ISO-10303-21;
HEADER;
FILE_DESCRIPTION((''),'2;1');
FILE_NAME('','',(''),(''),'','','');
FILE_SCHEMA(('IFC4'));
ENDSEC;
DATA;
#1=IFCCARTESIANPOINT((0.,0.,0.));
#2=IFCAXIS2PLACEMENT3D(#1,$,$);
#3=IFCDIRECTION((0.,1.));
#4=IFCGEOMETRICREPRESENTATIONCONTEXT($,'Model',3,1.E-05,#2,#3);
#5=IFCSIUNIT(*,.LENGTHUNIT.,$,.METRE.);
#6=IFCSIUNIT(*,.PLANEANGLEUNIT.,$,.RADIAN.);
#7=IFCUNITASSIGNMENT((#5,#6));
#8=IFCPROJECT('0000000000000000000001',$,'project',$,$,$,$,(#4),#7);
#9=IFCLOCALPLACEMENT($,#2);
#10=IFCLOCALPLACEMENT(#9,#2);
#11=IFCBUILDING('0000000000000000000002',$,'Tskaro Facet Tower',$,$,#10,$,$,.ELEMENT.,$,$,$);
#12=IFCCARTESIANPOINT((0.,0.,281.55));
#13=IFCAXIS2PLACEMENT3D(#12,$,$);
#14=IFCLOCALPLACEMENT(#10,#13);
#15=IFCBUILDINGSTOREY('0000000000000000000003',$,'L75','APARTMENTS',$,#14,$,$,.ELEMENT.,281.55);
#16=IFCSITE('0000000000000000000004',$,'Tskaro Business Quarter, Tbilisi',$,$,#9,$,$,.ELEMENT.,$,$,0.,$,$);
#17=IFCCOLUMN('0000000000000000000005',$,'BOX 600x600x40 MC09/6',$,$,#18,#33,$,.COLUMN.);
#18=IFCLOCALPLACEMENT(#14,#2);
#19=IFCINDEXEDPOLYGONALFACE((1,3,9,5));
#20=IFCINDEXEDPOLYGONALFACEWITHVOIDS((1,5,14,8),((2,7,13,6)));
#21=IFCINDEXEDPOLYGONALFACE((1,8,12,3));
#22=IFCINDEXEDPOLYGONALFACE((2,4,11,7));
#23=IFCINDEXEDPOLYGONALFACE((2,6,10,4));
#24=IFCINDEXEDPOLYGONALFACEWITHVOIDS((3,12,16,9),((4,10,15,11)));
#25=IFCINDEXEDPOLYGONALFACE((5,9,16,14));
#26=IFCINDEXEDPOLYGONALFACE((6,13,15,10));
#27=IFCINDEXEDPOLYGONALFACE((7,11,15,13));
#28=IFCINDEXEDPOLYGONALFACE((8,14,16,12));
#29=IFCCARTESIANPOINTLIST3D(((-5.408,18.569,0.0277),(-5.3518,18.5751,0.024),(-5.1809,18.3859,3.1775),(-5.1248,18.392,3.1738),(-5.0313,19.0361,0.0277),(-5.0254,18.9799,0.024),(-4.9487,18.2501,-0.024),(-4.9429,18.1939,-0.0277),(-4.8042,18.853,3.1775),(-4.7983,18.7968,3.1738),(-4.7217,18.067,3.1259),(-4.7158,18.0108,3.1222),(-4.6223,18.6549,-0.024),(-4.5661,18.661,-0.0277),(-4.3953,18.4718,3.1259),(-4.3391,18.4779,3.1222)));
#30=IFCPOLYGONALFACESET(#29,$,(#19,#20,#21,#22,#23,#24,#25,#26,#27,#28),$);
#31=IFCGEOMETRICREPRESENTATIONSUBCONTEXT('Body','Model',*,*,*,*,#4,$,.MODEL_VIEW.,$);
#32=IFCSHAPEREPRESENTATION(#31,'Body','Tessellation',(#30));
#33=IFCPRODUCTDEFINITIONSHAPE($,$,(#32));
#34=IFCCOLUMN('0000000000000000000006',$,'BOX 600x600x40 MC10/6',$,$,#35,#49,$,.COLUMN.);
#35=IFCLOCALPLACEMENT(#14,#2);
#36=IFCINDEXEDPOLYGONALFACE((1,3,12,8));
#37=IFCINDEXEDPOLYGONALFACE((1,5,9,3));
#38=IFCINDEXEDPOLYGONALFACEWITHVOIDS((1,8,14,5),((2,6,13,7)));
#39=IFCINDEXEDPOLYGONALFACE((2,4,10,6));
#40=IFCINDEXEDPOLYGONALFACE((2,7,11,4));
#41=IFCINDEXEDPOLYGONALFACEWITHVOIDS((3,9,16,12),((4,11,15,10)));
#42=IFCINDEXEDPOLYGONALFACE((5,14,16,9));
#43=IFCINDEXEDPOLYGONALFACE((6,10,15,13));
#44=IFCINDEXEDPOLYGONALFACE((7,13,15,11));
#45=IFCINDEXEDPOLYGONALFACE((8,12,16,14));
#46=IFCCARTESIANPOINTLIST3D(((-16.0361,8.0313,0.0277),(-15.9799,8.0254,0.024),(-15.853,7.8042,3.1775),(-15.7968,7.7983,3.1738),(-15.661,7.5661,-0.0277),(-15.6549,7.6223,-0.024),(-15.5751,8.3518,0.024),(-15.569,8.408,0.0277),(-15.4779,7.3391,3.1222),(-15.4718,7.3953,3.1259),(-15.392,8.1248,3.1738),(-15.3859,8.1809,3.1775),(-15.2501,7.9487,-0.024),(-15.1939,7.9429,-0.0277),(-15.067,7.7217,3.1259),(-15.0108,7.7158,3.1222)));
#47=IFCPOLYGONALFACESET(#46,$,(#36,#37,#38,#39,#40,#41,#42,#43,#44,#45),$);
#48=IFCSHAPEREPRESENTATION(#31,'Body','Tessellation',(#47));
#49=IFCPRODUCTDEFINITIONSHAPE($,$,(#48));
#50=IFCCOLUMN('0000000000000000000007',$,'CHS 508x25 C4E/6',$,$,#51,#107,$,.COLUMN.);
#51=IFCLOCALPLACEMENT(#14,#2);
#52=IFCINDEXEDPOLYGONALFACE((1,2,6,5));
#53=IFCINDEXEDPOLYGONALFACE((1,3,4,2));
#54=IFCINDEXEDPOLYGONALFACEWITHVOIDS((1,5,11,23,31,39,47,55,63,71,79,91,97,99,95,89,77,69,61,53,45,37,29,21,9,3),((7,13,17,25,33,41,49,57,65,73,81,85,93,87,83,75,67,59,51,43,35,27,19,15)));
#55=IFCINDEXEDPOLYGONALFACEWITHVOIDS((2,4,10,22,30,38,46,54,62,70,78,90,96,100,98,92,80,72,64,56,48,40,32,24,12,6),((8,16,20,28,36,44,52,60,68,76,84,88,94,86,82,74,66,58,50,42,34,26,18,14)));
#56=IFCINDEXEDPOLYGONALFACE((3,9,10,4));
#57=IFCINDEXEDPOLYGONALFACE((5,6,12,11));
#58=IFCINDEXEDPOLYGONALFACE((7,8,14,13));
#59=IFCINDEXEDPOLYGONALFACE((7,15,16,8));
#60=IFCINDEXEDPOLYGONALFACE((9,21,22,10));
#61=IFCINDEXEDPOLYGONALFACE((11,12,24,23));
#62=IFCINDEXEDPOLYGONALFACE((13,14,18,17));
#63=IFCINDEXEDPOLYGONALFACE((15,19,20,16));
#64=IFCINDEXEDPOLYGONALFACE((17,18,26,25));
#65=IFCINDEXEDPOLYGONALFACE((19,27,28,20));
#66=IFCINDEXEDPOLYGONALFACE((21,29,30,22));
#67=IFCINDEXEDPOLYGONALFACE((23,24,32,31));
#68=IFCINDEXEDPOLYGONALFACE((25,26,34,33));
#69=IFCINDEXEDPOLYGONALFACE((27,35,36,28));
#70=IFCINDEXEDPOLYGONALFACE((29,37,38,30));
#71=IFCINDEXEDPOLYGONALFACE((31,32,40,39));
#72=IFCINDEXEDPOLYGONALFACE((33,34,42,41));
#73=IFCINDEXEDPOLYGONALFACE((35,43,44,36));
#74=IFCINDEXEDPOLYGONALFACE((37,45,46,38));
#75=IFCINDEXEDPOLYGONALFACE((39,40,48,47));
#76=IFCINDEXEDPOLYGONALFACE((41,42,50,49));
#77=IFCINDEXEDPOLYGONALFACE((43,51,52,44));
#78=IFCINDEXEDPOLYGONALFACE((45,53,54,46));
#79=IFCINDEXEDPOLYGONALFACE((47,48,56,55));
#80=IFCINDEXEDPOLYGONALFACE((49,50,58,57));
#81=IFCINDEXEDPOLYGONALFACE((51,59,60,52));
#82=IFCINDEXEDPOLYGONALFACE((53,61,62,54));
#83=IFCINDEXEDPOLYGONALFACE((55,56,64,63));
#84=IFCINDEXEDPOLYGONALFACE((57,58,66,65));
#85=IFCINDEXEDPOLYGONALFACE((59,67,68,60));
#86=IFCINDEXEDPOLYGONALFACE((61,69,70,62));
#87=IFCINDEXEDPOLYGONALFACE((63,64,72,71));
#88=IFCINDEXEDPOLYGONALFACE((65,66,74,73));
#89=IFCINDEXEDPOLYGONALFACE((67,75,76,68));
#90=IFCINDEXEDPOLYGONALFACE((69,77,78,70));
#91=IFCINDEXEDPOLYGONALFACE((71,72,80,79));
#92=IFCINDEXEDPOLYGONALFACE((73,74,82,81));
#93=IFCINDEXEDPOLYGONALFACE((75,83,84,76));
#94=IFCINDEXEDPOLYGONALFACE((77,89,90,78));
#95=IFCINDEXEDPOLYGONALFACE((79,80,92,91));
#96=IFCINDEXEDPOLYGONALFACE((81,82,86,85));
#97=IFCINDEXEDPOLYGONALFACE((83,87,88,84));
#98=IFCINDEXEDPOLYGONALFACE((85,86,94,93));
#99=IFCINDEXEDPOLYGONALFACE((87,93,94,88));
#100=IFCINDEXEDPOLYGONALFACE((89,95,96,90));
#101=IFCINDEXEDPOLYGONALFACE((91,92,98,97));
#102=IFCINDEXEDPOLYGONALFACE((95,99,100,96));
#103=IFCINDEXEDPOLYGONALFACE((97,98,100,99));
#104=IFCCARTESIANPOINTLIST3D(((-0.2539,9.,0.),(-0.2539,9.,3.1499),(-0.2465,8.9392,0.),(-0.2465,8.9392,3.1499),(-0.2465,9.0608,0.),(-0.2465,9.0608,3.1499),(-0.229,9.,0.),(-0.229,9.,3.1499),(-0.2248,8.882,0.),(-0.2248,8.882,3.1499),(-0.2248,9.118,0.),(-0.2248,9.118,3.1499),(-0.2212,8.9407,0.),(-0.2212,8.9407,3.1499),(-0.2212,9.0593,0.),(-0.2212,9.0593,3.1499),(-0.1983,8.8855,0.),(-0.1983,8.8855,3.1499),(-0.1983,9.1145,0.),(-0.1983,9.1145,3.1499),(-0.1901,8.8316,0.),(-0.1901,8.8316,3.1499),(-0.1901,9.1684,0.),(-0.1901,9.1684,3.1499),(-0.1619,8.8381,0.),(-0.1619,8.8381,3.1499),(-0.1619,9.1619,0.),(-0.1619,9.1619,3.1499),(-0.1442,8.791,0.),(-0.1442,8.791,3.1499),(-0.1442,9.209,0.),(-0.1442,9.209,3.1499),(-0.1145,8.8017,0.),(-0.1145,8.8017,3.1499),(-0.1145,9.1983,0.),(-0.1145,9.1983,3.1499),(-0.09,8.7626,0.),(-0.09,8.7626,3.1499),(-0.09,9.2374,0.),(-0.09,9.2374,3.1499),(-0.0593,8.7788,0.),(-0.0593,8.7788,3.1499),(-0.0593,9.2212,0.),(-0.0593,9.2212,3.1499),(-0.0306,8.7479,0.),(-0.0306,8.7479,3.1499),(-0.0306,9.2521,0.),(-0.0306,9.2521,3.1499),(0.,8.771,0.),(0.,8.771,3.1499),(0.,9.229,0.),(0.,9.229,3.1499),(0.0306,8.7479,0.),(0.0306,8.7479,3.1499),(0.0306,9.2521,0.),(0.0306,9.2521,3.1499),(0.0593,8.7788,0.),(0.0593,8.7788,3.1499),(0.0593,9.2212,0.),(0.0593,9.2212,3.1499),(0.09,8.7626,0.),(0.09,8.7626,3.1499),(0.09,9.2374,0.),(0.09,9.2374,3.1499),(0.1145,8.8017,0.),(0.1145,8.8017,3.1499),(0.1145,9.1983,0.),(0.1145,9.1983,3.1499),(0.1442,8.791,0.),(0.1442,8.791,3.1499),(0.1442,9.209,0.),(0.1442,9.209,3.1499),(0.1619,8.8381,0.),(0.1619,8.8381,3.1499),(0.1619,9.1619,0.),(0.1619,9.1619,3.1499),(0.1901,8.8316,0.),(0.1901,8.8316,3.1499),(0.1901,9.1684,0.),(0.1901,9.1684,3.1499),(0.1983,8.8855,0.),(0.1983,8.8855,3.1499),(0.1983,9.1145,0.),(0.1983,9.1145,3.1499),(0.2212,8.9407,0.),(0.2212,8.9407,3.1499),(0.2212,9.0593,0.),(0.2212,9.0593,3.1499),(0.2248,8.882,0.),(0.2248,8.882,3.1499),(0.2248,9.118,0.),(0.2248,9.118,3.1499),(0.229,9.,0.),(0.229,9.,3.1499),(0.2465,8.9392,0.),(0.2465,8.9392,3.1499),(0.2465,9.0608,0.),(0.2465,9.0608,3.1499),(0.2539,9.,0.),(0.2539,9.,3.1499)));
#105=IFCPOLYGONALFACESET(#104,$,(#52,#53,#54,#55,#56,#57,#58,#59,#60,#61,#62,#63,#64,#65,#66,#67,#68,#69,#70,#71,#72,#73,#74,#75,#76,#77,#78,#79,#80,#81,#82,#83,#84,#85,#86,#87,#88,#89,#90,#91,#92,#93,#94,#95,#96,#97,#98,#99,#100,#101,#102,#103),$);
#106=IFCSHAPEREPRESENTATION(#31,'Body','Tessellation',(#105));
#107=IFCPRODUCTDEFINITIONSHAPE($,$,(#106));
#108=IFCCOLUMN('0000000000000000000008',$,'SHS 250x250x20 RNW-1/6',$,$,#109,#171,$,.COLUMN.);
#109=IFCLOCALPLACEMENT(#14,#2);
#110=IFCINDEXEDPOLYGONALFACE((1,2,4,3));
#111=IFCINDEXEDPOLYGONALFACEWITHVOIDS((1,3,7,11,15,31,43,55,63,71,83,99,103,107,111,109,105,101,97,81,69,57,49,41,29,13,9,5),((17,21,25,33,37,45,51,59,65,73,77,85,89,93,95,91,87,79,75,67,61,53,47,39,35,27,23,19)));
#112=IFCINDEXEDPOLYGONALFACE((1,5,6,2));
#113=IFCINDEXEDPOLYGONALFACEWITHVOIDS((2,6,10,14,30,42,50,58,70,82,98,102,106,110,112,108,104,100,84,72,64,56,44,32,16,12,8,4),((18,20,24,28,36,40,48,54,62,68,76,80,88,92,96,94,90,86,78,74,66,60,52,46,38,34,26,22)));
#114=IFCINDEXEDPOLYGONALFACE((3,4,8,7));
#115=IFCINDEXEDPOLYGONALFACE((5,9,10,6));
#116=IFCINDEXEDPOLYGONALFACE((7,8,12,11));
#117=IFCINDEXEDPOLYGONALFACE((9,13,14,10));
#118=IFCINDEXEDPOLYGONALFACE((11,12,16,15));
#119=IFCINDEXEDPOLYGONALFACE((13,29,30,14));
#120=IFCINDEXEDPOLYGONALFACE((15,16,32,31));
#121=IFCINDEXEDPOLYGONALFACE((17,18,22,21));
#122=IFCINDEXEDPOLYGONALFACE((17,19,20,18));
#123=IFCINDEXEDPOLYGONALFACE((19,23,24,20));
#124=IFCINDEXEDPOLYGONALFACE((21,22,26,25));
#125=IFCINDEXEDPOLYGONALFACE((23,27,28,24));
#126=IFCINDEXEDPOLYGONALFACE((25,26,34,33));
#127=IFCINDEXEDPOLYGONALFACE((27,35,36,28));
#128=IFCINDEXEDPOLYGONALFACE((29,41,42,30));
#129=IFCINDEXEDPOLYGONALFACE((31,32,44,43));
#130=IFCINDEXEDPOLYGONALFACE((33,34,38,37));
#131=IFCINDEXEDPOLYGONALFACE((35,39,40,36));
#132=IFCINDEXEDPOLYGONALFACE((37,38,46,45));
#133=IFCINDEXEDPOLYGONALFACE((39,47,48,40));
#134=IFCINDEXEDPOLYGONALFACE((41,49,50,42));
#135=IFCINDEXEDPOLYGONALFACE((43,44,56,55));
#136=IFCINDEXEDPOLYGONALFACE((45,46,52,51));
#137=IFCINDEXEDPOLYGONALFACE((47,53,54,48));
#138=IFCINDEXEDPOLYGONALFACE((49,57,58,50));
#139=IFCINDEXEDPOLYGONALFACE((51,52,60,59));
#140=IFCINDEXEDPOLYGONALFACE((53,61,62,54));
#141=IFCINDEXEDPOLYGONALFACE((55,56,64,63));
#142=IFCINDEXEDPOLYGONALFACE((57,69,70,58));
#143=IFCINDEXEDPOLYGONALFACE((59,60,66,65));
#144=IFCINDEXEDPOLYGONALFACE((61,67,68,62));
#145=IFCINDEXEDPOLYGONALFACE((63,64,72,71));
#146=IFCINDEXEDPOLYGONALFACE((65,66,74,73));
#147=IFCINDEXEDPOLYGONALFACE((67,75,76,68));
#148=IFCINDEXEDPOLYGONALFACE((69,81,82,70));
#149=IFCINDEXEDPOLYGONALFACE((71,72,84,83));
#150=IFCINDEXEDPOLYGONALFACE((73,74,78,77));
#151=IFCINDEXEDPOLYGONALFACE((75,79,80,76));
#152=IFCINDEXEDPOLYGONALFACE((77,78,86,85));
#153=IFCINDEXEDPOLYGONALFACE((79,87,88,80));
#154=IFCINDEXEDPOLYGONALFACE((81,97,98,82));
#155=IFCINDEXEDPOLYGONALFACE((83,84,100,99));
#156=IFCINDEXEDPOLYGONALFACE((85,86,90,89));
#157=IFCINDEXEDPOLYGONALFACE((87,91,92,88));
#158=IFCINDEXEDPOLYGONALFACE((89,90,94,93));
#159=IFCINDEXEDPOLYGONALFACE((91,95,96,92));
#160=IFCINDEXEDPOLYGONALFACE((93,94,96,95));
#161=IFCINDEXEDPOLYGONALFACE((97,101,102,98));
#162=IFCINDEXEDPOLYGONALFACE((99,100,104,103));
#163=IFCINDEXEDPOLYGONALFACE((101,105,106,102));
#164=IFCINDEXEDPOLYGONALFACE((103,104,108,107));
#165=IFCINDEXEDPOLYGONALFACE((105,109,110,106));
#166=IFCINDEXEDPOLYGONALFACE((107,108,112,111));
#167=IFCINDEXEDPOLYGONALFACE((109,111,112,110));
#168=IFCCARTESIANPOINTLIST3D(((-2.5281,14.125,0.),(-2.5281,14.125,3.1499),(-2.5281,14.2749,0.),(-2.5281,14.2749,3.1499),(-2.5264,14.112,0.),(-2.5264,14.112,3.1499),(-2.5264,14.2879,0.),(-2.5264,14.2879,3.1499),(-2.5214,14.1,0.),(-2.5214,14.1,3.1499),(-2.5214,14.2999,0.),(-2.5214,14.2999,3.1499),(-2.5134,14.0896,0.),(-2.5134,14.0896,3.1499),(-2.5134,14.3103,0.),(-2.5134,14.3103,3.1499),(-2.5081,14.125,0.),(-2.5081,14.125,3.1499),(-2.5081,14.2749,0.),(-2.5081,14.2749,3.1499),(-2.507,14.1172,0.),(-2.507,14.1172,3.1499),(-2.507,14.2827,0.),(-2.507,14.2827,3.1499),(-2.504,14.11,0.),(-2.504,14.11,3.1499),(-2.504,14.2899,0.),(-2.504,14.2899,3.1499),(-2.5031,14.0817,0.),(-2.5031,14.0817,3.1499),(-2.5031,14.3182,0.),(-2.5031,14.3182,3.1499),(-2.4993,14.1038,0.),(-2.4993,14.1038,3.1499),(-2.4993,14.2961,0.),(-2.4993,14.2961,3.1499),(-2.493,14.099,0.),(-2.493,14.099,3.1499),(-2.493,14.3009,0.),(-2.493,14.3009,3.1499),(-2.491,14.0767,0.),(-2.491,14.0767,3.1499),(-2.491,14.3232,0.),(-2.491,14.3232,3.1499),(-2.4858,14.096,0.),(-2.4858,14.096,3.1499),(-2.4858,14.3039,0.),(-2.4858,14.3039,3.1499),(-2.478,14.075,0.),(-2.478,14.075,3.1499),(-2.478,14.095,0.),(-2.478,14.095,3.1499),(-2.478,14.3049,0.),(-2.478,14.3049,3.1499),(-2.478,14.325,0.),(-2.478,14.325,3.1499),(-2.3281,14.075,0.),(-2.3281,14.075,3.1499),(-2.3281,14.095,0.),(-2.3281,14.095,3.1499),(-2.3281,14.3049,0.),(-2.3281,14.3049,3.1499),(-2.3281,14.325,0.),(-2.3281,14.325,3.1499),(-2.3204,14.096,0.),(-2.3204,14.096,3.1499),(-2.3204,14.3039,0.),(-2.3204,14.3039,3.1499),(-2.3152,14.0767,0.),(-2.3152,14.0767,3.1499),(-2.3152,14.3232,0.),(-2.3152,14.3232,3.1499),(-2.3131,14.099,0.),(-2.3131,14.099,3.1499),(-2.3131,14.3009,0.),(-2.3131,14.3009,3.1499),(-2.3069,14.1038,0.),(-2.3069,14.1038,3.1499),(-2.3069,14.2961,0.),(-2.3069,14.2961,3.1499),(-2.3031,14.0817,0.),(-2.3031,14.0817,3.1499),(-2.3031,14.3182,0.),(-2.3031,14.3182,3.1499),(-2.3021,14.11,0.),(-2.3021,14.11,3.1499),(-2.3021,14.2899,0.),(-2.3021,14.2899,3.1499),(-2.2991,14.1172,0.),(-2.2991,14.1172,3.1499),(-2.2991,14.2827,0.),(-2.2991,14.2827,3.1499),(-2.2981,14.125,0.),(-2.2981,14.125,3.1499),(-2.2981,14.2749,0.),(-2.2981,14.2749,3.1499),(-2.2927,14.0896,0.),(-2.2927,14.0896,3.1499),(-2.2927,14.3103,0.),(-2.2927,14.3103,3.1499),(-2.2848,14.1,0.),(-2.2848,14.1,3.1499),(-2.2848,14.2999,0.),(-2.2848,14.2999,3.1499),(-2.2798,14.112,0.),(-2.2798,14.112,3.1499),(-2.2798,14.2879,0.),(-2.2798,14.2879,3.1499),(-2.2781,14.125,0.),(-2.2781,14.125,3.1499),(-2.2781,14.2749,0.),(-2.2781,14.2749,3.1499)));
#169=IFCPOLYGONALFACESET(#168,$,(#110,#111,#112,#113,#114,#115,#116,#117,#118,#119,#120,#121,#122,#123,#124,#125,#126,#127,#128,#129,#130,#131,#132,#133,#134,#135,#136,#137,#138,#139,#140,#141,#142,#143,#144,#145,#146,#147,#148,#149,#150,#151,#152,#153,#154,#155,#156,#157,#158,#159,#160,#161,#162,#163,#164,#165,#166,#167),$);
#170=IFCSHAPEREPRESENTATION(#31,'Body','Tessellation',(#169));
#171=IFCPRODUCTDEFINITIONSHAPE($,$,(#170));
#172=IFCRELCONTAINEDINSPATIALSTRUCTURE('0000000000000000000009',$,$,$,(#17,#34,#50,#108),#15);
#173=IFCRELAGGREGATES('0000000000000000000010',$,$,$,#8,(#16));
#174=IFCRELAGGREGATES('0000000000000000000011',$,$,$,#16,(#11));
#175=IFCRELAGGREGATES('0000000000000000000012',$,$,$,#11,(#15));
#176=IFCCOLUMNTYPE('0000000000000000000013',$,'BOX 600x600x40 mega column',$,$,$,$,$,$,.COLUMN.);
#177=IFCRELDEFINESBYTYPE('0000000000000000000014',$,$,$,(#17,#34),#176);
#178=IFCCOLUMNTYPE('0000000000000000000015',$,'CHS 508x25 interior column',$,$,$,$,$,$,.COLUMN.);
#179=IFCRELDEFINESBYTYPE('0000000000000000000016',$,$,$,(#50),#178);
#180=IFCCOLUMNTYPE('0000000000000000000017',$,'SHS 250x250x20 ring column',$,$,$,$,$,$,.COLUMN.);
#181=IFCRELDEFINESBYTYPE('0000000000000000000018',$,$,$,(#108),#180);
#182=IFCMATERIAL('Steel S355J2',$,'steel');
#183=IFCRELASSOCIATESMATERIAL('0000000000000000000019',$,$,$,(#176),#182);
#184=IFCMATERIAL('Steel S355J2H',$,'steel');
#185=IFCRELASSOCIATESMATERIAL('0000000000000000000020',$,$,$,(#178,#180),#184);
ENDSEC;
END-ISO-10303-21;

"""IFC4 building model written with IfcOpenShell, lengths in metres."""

from ifc_helpers import new_model, si_unit, direction, frame, origin, origin_2d, place, context, subcontext, project, spatial, hollow_rectangle, hollow_circle, extrude, material, material_profile, profile_set, type_object, element, save


model = new_model("IFC4")

# Units and contexts
model_context = context("Model", 3, precision=1e-05, world=origin(), true_north=direction((0.0, 1.0)))
body_context = subcontext(model_context, "Body", "Model", "MODEL_VIEW")
ifc_project = project(units=[si_unit("LENGTHUNIT", "METRE"), si_unit("PLANEANGLEUNIT", "RADIAN")], contexts=[model_context])

# Site, building, storey
site_placement = place(None, origin())
site = spatial("IfcSite", under=ifc_project, at=site_placement, Name="Tskaro Business Quarter, Tbilisi", CompositionType="ELEMENT", RefElevation=0.0)
building_placement = place(site_placement, origin())
building = spatial("IfcBuilding", under=site, at=building_placement, Name="Tskaro Facet Tower", CompositionType="ELEMENT")
storey_placement = place(building_placement, frame((0.0, 0.0, 281.55)))
storey = spatial("IfcBuildingStorey", under=building, at=storey_placement, Name="L75", Description="APARTMENTS", CompositionType="ELEMENT", Elevation=281.55)

# Columns
ifc_material_1 = material(Name="Steel S355J2", Category="steel")
ifc_material_profile_1 = material_profile(ifc_material_1, hollow_rectangle(XDim=0.6001, YDim=0.6001, WallThickness=0.04, at=origin_2d()), Name="BOX 600x600x40")
ifc_profile_set_1 = profile_set([ifc_material_profile_1], Name="Steel S355J2")
column_type_1 = type_object("IfcColumnType", Name="BOX 600x600x40 mega column", PredefinedType="COLUMN", material=ifc_profile_set_1)
for number, where, z_axis, x_axis, name in (
    (1, (-4.9871, 18.615, 0.0), (0.071775, -0.057883, 0.99574), (0.627752, 0.778413, 0.0), "BOX 600x600x40 MC09/6"),
    (2, (-15.615, 7.9871, 0.0), (0.057883, -0.071775, 0.99574), (0.778413, 0.627752, 0.0), "BOX 600x600x40 MC10/6"),
):
    element("IfcColumn", number, at=place(storey_placement, frame(where, z_axis=z_axis, x_axis=x_axis)), inside=storey, type_object=column_type_1, Name=name, PredefinedType="COLUMN", context=body_context, shape_type="SweptSolid", body=[
        extrude(hollow_rectangle(XDim=0.6001, YDim=0.6001, WallThickness=0.04, at=origin_2d()), origin(), (0.0, 0.0, 1.0), 3.1633),
    ])
ifc_material_2 = material(Name="Steel S355J2H", Category="steel")
ifc_material_profile_2 = material_profile(ifc_material_2, hollow_circle(Radius=0.2539, WallThickness=0.0249, at=origin_2d()), Name="CHS 508x25")
ifc_profile_set_2 = profile_set([ifc_material_profile_2], Name="Steel S355J2H")
column_type_2 = type_object("IfcColumnType", Name="CHS 508x25 interior column", PredefinedType="COLUMN", material=ifc_profile_set_2)
column_placement = place(storey_placement, frame((0.0, 9.0, 0.0), z_axis=(0.0, 0.0, 1.0), x_axis=(1.0, 0.0, 0.0)))
element("IfcColumn", 3, at=column_placement, inside=storey, type_object=column_type_2, Name="CHS 508x25 C4E/6", PredefinedType="COLUMN", context=body_context, shape_type="SweptSolid", body=[
    extrude(hollow_circle(Radius=0.2539, WallThickness=0.0249, at=origin_2d()), origin(), (0.0, 0.0, 1.0), 3.1499),
])
ifc_material_profile_3 = material_profile(ifc_material_2, hollow_rectangle(XDim=0.25, YDim=0.25, WallThickness=0.02, InnerFilletRadius=0.03, OuterFilletRadius=0.05, at=origin_2d()), Name="SHS 250x250x20")
ifc_profile_set_3 = profile_set([ifc_material_profile_3], Name="Steel S355J2H")
column_type_3 = type_object("IfcColumnType", Name="SHS 250x250x20 ring column", PredefinedType="COLUMN", material=ifc_profile_set_3)
for number, where, z_axis, x_axis, name in (
    (4, (-2.4031, 14.2, 0.0), (0.0, 0.0, 1.0), (1.0, 0.0, 0.0), "SHS 250x250x20 RNW-1/6"),
):
    element("IfcColumn", number, at=place(storey_placement, frame(where, z_axis=z_axis, x_axis=x_axis)), inside=storey, type_object=column_type_3, Name=name, PredefinedType="COLUMN", context=body_context, shape_type="SweptSolid", body=[
        extrude(hollow_rectangle(XDim=0.25, YDim=0.25, WallThickness=0.02, InnerFilletRadius=0.03, OuterFilletRadius=0.05, at=origin_2d()), origin(), (0.0, 0.0, 1.0), 3.1499),
    ])

save(model, "model.ifc")
